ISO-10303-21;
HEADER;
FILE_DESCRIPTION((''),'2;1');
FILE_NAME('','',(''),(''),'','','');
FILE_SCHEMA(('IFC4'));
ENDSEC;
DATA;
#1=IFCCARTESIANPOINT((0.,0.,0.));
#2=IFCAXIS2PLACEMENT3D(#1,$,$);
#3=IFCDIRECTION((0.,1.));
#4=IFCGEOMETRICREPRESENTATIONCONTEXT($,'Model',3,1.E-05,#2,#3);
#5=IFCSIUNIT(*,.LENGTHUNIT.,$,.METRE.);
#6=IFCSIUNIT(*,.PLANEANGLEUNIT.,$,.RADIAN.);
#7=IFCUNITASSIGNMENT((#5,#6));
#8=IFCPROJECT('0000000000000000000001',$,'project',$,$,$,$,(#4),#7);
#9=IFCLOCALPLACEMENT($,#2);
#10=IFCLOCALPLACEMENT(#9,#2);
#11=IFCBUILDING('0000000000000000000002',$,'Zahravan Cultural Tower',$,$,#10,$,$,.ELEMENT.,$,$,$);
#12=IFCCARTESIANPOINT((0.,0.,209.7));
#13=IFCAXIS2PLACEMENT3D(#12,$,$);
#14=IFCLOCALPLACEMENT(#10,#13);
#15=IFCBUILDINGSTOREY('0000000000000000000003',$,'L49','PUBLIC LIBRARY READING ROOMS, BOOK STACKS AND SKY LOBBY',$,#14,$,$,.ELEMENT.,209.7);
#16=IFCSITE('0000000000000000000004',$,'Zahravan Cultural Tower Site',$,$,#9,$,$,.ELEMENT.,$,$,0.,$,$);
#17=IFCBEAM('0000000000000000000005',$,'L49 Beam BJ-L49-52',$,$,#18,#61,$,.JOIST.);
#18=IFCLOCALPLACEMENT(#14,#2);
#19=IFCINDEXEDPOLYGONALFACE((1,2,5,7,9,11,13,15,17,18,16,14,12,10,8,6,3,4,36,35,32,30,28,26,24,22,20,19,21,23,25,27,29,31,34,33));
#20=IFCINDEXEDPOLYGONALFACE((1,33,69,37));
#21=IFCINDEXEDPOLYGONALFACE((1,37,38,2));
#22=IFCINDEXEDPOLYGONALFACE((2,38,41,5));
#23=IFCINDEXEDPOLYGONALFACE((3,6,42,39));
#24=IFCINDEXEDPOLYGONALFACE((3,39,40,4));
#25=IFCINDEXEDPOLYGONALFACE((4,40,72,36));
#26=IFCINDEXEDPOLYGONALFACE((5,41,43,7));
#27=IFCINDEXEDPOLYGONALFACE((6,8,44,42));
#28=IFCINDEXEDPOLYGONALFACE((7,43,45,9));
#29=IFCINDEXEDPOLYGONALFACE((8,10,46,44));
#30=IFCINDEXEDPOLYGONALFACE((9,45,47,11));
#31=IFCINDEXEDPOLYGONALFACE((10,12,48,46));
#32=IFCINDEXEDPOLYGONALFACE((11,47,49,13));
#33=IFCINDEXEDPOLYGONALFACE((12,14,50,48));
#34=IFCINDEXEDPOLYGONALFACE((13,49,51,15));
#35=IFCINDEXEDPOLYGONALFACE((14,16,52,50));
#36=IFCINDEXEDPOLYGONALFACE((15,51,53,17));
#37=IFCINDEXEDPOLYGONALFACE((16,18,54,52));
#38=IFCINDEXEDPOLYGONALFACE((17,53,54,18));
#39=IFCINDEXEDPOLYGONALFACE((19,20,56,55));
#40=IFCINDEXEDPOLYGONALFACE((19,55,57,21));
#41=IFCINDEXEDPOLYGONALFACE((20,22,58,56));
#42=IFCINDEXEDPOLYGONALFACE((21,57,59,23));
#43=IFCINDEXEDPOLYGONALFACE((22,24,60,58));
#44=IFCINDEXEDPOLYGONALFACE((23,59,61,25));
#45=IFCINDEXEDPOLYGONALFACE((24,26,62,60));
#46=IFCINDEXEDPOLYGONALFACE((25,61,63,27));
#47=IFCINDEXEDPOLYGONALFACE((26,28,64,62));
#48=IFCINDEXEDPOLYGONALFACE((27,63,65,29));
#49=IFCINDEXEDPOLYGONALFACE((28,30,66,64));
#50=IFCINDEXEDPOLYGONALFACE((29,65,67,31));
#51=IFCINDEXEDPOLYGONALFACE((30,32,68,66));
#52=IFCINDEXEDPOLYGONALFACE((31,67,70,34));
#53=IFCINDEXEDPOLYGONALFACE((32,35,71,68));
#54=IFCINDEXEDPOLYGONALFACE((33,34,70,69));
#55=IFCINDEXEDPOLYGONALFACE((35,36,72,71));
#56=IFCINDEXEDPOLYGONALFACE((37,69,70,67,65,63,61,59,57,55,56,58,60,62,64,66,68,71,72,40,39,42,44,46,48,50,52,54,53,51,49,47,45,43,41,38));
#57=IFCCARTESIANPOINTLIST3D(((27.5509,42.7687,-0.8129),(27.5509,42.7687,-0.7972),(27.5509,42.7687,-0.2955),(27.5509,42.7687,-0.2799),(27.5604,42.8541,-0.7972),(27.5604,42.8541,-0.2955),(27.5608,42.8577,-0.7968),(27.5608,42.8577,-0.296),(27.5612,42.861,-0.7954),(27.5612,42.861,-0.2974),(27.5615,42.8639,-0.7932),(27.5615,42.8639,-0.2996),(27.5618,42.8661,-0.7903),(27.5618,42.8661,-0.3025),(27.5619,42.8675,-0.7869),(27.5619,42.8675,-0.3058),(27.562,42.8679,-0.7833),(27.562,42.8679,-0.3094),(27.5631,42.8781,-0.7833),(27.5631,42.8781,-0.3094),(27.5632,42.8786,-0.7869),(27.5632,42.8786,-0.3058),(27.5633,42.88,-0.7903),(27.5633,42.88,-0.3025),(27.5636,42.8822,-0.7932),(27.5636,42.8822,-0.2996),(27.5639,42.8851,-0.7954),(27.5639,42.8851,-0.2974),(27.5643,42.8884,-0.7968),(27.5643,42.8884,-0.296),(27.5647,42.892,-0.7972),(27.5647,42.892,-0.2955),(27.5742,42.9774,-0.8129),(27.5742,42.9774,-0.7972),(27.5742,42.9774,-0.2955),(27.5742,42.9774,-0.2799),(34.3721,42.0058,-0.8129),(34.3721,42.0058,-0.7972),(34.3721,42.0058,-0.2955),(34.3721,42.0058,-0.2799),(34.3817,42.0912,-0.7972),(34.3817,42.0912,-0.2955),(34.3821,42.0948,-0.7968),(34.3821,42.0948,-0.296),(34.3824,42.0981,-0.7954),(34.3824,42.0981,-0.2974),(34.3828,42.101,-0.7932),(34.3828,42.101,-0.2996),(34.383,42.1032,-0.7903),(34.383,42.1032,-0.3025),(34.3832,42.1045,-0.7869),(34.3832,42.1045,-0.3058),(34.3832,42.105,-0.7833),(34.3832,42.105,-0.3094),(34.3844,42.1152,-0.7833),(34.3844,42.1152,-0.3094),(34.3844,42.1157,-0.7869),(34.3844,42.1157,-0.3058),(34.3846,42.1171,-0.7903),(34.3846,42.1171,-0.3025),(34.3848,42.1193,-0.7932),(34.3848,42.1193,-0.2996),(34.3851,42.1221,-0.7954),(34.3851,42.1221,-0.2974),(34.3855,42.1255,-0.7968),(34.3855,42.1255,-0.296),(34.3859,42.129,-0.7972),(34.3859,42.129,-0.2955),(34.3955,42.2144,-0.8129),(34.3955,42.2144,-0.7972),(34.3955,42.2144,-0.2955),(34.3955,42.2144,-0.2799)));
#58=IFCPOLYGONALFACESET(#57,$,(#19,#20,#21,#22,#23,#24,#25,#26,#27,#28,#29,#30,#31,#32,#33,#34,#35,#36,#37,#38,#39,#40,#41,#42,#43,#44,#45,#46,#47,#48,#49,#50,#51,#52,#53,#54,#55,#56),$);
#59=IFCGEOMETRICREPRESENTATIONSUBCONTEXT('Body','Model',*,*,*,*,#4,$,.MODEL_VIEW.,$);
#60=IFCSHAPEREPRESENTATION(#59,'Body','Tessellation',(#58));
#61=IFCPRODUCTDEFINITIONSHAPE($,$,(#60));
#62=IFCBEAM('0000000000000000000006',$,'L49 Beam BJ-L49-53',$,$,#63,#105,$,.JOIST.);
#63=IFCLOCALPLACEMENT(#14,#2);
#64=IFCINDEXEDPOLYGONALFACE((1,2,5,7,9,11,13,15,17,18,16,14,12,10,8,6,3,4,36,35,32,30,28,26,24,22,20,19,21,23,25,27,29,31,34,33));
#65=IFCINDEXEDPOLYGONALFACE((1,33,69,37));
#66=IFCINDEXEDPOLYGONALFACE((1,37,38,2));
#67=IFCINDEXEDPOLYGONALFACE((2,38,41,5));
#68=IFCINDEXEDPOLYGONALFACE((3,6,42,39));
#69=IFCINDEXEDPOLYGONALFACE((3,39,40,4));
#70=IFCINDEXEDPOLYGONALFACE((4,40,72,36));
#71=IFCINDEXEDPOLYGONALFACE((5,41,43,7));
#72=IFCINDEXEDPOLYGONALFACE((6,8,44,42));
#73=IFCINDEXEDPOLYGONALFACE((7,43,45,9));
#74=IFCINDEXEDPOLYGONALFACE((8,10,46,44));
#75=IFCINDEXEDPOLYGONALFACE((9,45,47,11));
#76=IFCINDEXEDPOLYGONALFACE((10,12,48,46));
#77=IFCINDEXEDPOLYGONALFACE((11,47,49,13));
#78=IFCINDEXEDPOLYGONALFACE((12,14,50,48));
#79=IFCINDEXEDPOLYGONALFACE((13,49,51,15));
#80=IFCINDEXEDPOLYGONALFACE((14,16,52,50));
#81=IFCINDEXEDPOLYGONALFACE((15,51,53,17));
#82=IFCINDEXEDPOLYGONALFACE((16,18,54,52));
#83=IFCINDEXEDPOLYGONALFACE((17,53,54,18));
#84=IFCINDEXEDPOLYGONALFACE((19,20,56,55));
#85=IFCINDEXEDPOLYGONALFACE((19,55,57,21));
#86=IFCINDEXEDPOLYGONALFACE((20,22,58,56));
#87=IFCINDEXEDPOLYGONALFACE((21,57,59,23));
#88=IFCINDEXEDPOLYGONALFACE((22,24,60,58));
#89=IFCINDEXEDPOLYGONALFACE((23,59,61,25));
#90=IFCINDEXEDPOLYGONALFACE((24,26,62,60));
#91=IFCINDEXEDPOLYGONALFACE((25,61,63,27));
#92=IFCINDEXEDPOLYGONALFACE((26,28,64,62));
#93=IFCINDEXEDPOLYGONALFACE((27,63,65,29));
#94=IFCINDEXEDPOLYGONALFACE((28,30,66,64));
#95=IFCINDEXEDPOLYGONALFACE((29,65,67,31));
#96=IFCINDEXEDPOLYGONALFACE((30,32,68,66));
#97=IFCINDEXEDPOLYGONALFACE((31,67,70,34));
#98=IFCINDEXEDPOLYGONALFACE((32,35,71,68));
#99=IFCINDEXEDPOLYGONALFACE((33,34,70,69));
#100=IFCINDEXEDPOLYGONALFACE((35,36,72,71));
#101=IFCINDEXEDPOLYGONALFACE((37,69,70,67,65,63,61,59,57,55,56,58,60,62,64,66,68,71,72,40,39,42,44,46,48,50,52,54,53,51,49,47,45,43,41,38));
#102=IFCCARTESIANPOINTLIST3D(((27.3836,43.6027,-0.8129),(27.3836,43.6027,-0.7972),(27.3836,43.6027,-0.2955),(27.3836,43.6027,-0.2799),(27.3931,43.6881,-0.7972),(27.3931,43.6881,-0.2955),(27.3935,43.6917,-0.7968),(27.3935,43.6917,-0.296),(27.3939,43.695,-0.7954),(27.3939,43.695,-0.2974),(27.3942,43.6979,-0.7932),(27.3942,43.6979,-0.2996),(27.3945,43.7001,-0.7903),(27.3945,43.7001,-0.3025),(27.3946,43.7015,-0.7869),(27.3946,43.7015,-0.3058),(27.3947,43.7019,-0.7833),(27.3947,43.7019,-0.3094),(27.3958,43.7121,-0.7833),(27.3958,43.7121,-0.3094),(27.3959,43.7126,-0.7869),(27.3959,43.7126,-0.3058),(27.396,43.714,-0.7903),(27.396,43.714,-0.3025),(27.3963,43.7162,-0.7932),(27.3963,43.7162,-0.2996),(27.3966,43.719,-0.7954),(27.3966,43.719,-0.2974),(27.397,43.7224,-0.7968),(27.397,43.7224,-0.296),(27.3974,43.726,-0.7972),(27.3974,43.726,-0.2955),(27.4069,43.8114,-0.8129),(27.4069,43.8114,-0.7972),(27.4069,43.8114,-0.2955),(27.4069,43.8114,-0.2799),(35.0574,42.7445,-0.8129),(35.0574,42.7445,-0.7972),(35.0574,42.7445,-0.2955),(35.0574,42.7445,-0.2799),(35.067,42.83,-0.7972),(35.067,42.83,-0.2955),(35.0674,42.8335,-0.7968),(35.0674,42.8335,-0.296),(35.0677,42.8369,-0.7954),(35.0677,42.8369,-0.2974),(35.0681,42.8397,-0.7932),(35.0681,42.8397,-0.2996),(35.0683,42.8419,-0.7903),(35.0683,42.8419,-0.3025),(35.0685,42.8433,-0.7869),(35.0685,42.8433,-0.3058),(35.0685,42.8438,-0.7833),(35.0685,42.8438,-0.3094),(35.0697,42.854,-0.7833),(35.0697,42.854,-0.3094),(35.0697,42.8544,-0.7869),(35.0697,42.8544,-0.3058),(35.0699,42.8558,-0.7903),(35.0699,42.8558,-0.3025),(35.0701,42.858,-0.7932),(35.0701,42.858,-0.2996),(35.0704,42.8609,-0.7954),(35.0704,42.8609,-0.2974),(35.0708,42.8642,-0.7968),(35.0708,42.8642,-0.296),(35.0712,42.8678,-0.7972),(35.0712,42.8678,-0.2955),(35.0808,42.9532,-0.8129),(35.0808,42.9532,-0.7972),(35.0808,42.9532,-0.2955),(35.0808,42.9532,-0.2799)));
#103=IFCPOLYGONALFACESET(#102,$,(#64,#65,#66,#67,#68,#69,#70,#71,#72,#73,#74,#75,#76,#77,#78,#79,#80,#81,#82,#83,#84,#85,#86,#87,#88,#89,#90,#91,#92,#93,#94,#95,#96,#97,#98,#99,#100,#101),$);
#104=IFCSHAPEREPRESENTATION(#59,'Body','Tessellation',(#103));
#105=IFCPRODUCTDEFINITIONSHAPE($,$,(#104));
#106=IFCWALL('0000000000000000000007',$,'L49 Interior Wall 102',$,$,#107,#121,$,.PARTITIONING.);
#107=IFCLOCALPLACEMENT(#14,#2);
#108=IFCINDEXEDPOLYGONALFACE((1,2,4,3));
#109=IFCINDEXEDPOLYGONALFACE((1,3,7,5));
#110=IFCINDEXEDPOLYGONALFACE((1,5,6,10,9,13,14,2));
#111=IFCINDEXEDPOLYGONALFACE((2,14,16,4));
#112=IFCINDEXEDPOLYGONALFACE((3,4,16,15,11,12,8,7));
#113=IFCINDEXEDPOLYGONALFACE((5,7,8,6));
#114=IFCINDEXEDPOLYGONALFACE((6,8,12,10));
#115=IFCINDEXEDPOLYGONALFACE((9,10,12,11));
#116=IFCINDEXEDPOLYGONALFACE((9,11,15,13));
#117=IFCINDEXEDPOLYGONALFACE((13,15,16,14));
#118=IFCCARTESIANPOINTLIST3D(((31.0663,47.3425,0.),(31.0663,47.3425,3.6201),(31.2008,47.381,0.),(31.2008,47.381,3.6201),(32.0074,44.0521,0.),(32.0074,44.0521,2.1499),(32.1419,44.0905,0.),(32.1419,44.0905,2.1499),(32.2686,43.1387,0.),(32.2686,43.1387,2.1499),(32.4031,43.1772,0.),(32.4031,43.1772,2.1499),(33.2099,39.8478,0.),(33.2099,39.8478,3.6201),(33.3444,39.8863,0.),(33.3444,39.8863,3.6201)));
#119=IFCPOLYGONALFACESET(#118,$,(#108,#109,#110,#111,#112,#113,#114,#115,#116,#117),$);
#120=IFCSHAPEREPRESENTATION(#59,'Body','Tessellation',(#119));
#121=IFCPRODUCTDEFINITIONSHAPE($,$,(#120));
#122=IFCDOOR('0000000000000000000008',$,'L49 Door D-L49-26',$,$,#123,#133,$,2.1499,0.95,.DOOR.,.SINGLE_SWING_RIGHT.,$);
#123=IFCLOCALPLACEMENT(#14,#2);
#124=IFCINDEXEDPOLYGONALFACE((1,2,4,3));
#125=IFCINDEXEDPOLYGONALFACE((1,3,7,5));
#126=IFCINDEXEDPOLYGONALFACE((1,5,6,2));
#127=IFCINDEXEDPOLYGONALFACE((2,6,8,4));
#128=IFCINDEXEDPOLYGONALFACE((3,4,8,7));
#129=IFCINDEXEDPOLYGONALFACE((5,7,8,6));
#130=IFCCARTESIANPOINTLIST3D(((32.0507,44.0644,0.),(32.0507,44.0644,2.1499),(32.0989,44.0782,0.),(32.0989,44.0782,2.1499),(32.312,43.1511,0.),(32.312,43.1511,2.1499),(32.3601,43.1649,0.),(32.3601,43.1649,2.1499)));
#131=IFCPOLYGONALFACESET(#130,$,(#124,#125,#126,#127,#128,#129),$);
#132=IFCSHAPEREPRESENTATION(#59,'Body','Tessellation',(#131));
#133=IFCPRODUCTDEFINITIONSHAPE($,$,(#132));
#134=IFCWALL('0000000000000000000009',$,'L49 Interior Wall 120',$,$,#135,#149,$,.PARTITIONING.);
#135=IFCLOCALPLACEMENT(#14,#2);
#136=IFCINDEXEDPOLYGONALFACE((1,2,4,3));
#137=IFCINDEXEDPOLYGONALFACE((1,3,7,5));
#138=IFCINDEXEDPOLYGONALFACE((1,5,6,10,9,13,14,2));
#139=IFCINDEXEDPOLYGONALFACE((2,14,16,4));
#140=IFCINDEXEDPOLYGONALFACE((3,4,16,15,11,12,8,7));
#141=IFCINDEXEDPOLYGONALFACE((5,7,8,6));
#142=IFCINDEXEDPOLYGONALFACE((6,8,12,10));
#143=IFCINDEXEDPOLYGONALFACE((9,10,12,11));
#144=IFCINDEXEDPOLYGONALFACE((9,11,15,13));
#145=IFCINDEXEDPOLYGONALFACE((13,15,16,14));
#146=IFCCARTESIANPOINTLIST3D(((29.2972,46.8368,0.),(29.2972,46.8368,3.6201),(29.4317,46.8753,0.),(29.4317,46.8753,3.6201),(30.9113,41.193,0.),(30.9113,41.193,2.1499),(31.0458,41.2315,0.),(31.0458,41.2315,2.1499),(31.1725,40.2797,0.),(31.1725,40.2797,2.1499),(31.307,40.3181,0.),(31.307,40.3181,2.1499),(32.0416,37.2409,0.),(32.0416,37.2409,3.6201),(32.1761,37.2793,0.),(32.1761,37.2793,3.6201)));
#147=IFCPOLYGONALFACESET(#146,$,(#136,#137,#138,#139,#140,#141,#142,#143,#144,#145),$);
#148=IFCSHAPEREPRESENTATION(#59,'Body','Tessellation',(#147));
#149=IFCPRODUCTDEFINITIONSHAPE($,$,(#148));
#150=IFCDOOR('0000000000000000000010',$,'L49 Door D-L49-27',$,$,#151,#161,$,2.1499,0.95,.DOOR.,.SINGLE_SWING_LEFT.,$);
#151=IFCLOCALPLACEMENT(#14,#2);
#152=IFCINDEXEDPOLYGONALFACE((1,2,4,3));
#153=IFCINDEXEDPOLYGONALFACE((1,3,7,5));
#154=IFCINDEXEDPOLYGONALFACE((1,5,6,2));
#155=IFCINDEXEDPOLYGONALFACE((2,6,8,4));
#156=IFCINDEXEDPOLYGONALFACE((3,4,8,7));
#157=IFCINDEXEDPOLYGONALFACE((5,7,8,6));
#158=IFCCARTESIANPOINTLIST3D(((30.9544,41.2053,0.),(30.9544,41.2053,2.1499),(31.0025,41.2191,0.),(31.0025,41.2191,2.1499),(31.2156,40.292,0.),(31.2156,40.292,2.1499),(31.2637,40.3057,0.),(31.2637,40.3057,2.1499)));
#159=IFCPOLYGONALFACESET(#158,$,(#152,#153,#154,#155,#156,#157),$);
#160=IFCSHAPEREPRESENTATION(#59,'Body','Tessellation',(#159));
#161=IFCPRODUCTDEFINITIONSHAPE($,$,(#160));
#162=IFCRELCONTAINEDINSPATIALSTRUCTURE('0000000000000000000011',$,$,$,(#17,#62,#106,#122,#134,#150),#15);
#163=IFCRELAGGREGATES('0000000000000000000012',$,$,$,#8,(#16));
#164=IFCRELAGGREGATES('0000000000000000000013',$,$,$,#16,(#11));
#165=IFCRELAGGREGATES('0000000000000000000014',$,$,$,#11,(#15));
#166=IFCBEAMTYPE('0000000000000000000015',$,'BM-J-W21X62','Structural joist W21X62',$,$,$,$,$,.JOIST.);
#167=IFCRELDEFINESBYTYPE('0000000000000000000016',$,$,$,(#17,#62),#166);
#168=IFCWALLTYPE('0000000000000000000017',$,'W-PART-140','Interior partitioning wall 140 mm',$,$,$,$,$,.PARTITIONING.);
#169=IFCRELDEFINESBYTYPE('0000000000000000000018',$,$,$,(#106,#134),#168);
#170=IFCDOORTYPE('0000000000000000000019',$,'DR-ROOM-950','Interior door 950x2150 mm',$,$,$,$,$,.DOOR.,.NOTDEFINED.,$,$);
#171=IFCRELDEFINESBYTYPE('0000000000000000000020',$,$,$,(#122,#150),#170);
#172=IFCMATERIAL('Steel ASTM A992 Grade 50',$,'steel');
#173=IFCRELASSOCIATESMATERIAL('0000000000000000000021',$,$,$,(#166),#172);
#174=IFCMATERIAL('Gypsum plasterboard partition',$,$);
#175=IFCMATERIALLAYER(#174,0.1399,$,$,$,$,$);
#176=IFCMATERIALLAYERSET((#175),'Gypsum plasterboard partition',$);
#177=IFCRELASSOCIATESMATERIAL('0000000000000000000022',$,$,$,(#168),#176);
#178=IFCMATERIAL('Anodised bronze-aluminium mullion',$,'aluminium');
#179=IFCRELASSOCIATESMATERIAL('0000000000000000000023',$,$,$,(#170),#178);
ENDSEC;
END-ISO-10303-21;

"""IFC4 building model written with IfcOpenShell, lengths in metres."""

from ifc_helpers import new_model, si_unit, direction, frame, frame_2d, origin, origin_2d, place, context, subcontext, project, spatial, rectangle, i_section, extrude, source, transform, mapped, material, layer, layer_set, material_profile, profile_set, type_object, element, fill, save


model = new_model("IFC4")

# Units and contexts
model_context = context("Model", 3, precision=1e-05, world=origin(), true_north=direction((0.0, 1.0)))
body_context = subcontext(model_context, "Body", "Model", "MODEL_VIEW")
ifc_project = project(units=[si_unit("LENGTHUNIT", "METRE"), si_unit("PLANEANGLEUNIT", "RADIAN")], contexts=[model_context])

# Site, building, storey
site_placement = place(None, origin())
site = spatial("IfcSite", under=ifc_project, at=site_placement, Name="Zahravan Cultural Tower Site", CompositionType="ELEMENT", RefElevation=0.0)
building_placement = place(site_placement, origin())
building = spatial("IfcBuilding", under=site, at=building_placement, Name="Zahravan Cultural Tower", CompositionType="ELEMENT")
storey_placement = place(building_placement, frame((0.0, 0.0, 209.7)))
storey = spatial("IfcBuildingStorey", under=building, at=storey_placement, Name="L49", Description="PUBLIC LIBRARY READING ROOMS, BOOK STACKS AND SKY LOBBY", CompositionType="ELEMENT", Elevation=209.7)

# Beams
ifc_material_1 = material(Name="Steel ASTM A992 Grade 50", Category="steel")
ifc_material_profile_1 = material_profile(ifc_material_1, i_section(OverallWidth=0.21, OverallDepth=0.533, WebThickness=0.0103, FlangeThickness=0.0156, FilletRadius=0.0139, at=origin_2d()), Name="W21X62")
ifc_profile_set_1 = profile_set([ifc_material_profile_1], Name="Steel ASTM A992 Grade 50")
beam_type_1 = type_object("IfcBeamType", Name="BM-J-W21X62", Description="Structural joist W21X62", PredefinedType="JOIST", material=ifc_profile_set_1)
shared_shape_1 = source(origin(), body_context, "Body", "SweptSolid", [
    extrude(i_section(OverallWidth=0.21, OverallDepth=0.533, WebThickness=0.0103, FlangeThickness=0.0156, FilletRadius=0.0139, at=origin_2d()), origin(), (0.0, 0.0, 1.0), 6.8638),
])
beam_1_placement = place(storey_placement, frame((34.3838, 42.1101, -0.5464), z_axis=(-0.993803, 0.111154, 0.0), x_axis=(-0.111154, -0.993803, 0.0)))
element("IfcBeam", 1, at=beam_1_placement, inside=storey, type_object=beam_type_1, Name="L49 Beam BJ-L49-52", PredefinedType="JOIST", context=body_context, shape_type="MappedRepresentation", body=[
    mapped(shared_shape_1, transform((0.0, 0.0, 0.0), x_axis=(1.0, 0.0, 0.0), y_axis=(0.0, 1.0, 0.0), z_axis=(0.0, 0.0, 1.0), scale=1.0)),
])
shared_shape_2 = source(origin(), body_context, "Body", "SweptSolid", [
    extrude(i_section(OverallWidth=0.21, OverallDepth=0.533, WebThickness=0.0103, FlangeThickness=0.0156, FilletRadius=0.0139, at=origin_2d()), origin(), (0.0, 0.0, 1.0), 7.7217),
])
beam_2_placement = place(storey_placement, frame((35.0691, 42.8489, -0.5464), z_axis=(-0.993805, 0.111136, 0.0), x_axis=(-0.111136, -0.993805, 0.0)))
element("IfcBeam", 2, at=beam_2_placement, inside=storey, type_object=beam_type_1, Name="L49 Beam BJ-L49-53", PredefinedType="JOIST", context=body_context, shape_type="MappedRepresentation", body=[
    mapped(shared_shape_2, transform((0.0, 0.0, 0.0), x_axis=(1.0, 0.0, 0.0), y_axis=(0.0, 1.0, 0.0), z_axis=(0.0, 0.0, 1.0), scale=1.0)),
])

# Walls, openings, doors
ifc_material_2 = material(Name="Gypsum plasterboard partition")
ifc_layer_1 = layer(ifc_material_2, 0.1399)
ifc_layer_set_1 = layer_set([ifc_layer_1], Name="Gypsum plasterboard partition")
wall_type_1 = type_object("IfcWallType", Name="W-PART-140", Description="Interior partitioning wall 140 mm", PredefinedType="PARTITIONING", material=ifc_layer_set_1)
wall_1_placement = place(storey_placement, frame((33.2771, 39.8672, 0.0), z_axis=(0.0, 0.0, 1.0), x_axis=(-0.274986, 0.961448, 0.0)))
wall_1 = element("IfcWall", 3, at=wall_1_placement, inside=storey, type_object=wall_type_1, Name="L49 Interior Wall 102", PredefinedType="PARTITIONING", context=body_context, shape_type="SweptSolid", body=[
    extrude(rectangle(XDim=7.7952, YDim=0.1399, at=frame_2d((3.8975, 0.0))), origin(), (0.0, 0.0, 1.0), 3.6201),
])
opening_1_placement = place(wall_1_placement, frame((3.4226, 0.0, 0.0)))
opening_1 = element("IfcOpeningElement", 4, at=opening_1_placement, cuts=wall_1, PredefinedType="OPENING", context=body_context, shape_type="SweptSolid", body=[
    extrude(rectangle(XDim=0.95, YDim=2.1499, at=frame_2d((0.4751, 1.075))), frame((0.0, 0.0798, 0.0), z_axis=(0.0, -1.0, 0.0), x_axis=(1.0, 0.0, 0.0)), (0.0, 0.0, 1.0), 0.1599),
])
ifc_material_3 = material(Name="Anodised bronze-aluminium mullion", Category="aluminium")
door_type_1 = type_object("IfcDoorType", Name="DR-ROOM-950", Description="Interior door 950x2150 mm", OperationType="NOTDEFINED", PredefinedType="DOOR", material=ifc_material_3)
shared_shape_3 = source(origin(), body_context, "Body", "SweptSolid", [
    extrude(rectangle(XDim=0.95, YDim=2.1499, at=frame_2d((0.4751, 1.075))), frame((0.0, 0.0249, 0.0), z_axis=(0.0, -1.0, 0.0), x_axis=(1.0, 0.0, 0.0)), (0.0, 0.0, 1.0), 0.05),
])
door_1_placement = place(opening_1_placement, origin())
door_1 = element("IfcDoor", 5, at=door_1_placement, inside=storey, type_object=door_type_1, Name="L49 Door D-L49-26", OperationType="SINGLE_SWING_RIGHT", OverallHeight=2.1499, OverallWidth=0.95, PredefinedType="DOOR", context=body_context, shape_type="MappedRepresentation", body=[
    mapped(shared_shape_3, transform((0.0, 0.0, 0.0), x_axis=(1.0, 0.0, 0.0), y_axis=(0.0, 1.0, 0.0), z_axis=(0.0, 0.0, 1.0), scale=1.0)),
])
fill(opening_1, door_1)
wall_2_placement = place(storey_placement, frame((29.3645, 46.856, 0.0), z_axis=(0.0, 0.0, 1.0), x_axis=(0.27497, -0.961453, 0.0)))
wall_2 = element("IfcWall", 6, at=wall_2_placement, inside=storey, type_object=wall_type_1, Name="L49 Interior Wall 120", PredefinedType="PARTITIONING", context=body_context, shape_type="SweptSolid", body=[
    extrude(rectangle(XDim=9.9807, YDim=0.1399, at=frame_2d((4.9902, 0.0))), origin(), (0.0, 0.0, 1.0), 3.6201),
])
opening_2_placement = place(wall_2_placement, frame((5.8699, 0.0, 0.0)))
opening_2 = element("IfcOpeningElement", 7, at=opening_2_placement, cuts=wall_2, PredefinedType="OPENING", context=body_context, shape_type="SweptSolid", body=[
    extrude(rectangle(XDim=0.95, YDim=2.1499, at=frame_2d((0.4751, 1.075))), frame((0.0, 0.0798, 0.0), z_axis=(0.0, -1.0, 0.0), x_axis=(1.0, 0.0, 0.0)), (0.0, 0.0, 1.0), 0.1599),
])
door_2_placement = place(opening_2_placement, origin())
door_2 = element("IfcDoor", 8, at=door_2_placement, inside=storey, type_object=door_type_1, Name="L49 Door D-L49-27", OperationType="SINGLE_SWING_LEFT", OverallHeight=2.1499, OverallWidth=0.95, PredefinedType="DOOR", context=body_context, shape_type="MappedRepresentation", body=[
    mapped(shared_shape_3, transform((0.0, 0.0, 0.0), x_axis=(1.0, 0.0, 0.0), y_axis=(0.0, 1.0, 0.0), z_axis=(0.0, 0.0, 1.0), scale=1.0)),
])
fill(opening_2, door_2)

save(model, "model.ifc")
